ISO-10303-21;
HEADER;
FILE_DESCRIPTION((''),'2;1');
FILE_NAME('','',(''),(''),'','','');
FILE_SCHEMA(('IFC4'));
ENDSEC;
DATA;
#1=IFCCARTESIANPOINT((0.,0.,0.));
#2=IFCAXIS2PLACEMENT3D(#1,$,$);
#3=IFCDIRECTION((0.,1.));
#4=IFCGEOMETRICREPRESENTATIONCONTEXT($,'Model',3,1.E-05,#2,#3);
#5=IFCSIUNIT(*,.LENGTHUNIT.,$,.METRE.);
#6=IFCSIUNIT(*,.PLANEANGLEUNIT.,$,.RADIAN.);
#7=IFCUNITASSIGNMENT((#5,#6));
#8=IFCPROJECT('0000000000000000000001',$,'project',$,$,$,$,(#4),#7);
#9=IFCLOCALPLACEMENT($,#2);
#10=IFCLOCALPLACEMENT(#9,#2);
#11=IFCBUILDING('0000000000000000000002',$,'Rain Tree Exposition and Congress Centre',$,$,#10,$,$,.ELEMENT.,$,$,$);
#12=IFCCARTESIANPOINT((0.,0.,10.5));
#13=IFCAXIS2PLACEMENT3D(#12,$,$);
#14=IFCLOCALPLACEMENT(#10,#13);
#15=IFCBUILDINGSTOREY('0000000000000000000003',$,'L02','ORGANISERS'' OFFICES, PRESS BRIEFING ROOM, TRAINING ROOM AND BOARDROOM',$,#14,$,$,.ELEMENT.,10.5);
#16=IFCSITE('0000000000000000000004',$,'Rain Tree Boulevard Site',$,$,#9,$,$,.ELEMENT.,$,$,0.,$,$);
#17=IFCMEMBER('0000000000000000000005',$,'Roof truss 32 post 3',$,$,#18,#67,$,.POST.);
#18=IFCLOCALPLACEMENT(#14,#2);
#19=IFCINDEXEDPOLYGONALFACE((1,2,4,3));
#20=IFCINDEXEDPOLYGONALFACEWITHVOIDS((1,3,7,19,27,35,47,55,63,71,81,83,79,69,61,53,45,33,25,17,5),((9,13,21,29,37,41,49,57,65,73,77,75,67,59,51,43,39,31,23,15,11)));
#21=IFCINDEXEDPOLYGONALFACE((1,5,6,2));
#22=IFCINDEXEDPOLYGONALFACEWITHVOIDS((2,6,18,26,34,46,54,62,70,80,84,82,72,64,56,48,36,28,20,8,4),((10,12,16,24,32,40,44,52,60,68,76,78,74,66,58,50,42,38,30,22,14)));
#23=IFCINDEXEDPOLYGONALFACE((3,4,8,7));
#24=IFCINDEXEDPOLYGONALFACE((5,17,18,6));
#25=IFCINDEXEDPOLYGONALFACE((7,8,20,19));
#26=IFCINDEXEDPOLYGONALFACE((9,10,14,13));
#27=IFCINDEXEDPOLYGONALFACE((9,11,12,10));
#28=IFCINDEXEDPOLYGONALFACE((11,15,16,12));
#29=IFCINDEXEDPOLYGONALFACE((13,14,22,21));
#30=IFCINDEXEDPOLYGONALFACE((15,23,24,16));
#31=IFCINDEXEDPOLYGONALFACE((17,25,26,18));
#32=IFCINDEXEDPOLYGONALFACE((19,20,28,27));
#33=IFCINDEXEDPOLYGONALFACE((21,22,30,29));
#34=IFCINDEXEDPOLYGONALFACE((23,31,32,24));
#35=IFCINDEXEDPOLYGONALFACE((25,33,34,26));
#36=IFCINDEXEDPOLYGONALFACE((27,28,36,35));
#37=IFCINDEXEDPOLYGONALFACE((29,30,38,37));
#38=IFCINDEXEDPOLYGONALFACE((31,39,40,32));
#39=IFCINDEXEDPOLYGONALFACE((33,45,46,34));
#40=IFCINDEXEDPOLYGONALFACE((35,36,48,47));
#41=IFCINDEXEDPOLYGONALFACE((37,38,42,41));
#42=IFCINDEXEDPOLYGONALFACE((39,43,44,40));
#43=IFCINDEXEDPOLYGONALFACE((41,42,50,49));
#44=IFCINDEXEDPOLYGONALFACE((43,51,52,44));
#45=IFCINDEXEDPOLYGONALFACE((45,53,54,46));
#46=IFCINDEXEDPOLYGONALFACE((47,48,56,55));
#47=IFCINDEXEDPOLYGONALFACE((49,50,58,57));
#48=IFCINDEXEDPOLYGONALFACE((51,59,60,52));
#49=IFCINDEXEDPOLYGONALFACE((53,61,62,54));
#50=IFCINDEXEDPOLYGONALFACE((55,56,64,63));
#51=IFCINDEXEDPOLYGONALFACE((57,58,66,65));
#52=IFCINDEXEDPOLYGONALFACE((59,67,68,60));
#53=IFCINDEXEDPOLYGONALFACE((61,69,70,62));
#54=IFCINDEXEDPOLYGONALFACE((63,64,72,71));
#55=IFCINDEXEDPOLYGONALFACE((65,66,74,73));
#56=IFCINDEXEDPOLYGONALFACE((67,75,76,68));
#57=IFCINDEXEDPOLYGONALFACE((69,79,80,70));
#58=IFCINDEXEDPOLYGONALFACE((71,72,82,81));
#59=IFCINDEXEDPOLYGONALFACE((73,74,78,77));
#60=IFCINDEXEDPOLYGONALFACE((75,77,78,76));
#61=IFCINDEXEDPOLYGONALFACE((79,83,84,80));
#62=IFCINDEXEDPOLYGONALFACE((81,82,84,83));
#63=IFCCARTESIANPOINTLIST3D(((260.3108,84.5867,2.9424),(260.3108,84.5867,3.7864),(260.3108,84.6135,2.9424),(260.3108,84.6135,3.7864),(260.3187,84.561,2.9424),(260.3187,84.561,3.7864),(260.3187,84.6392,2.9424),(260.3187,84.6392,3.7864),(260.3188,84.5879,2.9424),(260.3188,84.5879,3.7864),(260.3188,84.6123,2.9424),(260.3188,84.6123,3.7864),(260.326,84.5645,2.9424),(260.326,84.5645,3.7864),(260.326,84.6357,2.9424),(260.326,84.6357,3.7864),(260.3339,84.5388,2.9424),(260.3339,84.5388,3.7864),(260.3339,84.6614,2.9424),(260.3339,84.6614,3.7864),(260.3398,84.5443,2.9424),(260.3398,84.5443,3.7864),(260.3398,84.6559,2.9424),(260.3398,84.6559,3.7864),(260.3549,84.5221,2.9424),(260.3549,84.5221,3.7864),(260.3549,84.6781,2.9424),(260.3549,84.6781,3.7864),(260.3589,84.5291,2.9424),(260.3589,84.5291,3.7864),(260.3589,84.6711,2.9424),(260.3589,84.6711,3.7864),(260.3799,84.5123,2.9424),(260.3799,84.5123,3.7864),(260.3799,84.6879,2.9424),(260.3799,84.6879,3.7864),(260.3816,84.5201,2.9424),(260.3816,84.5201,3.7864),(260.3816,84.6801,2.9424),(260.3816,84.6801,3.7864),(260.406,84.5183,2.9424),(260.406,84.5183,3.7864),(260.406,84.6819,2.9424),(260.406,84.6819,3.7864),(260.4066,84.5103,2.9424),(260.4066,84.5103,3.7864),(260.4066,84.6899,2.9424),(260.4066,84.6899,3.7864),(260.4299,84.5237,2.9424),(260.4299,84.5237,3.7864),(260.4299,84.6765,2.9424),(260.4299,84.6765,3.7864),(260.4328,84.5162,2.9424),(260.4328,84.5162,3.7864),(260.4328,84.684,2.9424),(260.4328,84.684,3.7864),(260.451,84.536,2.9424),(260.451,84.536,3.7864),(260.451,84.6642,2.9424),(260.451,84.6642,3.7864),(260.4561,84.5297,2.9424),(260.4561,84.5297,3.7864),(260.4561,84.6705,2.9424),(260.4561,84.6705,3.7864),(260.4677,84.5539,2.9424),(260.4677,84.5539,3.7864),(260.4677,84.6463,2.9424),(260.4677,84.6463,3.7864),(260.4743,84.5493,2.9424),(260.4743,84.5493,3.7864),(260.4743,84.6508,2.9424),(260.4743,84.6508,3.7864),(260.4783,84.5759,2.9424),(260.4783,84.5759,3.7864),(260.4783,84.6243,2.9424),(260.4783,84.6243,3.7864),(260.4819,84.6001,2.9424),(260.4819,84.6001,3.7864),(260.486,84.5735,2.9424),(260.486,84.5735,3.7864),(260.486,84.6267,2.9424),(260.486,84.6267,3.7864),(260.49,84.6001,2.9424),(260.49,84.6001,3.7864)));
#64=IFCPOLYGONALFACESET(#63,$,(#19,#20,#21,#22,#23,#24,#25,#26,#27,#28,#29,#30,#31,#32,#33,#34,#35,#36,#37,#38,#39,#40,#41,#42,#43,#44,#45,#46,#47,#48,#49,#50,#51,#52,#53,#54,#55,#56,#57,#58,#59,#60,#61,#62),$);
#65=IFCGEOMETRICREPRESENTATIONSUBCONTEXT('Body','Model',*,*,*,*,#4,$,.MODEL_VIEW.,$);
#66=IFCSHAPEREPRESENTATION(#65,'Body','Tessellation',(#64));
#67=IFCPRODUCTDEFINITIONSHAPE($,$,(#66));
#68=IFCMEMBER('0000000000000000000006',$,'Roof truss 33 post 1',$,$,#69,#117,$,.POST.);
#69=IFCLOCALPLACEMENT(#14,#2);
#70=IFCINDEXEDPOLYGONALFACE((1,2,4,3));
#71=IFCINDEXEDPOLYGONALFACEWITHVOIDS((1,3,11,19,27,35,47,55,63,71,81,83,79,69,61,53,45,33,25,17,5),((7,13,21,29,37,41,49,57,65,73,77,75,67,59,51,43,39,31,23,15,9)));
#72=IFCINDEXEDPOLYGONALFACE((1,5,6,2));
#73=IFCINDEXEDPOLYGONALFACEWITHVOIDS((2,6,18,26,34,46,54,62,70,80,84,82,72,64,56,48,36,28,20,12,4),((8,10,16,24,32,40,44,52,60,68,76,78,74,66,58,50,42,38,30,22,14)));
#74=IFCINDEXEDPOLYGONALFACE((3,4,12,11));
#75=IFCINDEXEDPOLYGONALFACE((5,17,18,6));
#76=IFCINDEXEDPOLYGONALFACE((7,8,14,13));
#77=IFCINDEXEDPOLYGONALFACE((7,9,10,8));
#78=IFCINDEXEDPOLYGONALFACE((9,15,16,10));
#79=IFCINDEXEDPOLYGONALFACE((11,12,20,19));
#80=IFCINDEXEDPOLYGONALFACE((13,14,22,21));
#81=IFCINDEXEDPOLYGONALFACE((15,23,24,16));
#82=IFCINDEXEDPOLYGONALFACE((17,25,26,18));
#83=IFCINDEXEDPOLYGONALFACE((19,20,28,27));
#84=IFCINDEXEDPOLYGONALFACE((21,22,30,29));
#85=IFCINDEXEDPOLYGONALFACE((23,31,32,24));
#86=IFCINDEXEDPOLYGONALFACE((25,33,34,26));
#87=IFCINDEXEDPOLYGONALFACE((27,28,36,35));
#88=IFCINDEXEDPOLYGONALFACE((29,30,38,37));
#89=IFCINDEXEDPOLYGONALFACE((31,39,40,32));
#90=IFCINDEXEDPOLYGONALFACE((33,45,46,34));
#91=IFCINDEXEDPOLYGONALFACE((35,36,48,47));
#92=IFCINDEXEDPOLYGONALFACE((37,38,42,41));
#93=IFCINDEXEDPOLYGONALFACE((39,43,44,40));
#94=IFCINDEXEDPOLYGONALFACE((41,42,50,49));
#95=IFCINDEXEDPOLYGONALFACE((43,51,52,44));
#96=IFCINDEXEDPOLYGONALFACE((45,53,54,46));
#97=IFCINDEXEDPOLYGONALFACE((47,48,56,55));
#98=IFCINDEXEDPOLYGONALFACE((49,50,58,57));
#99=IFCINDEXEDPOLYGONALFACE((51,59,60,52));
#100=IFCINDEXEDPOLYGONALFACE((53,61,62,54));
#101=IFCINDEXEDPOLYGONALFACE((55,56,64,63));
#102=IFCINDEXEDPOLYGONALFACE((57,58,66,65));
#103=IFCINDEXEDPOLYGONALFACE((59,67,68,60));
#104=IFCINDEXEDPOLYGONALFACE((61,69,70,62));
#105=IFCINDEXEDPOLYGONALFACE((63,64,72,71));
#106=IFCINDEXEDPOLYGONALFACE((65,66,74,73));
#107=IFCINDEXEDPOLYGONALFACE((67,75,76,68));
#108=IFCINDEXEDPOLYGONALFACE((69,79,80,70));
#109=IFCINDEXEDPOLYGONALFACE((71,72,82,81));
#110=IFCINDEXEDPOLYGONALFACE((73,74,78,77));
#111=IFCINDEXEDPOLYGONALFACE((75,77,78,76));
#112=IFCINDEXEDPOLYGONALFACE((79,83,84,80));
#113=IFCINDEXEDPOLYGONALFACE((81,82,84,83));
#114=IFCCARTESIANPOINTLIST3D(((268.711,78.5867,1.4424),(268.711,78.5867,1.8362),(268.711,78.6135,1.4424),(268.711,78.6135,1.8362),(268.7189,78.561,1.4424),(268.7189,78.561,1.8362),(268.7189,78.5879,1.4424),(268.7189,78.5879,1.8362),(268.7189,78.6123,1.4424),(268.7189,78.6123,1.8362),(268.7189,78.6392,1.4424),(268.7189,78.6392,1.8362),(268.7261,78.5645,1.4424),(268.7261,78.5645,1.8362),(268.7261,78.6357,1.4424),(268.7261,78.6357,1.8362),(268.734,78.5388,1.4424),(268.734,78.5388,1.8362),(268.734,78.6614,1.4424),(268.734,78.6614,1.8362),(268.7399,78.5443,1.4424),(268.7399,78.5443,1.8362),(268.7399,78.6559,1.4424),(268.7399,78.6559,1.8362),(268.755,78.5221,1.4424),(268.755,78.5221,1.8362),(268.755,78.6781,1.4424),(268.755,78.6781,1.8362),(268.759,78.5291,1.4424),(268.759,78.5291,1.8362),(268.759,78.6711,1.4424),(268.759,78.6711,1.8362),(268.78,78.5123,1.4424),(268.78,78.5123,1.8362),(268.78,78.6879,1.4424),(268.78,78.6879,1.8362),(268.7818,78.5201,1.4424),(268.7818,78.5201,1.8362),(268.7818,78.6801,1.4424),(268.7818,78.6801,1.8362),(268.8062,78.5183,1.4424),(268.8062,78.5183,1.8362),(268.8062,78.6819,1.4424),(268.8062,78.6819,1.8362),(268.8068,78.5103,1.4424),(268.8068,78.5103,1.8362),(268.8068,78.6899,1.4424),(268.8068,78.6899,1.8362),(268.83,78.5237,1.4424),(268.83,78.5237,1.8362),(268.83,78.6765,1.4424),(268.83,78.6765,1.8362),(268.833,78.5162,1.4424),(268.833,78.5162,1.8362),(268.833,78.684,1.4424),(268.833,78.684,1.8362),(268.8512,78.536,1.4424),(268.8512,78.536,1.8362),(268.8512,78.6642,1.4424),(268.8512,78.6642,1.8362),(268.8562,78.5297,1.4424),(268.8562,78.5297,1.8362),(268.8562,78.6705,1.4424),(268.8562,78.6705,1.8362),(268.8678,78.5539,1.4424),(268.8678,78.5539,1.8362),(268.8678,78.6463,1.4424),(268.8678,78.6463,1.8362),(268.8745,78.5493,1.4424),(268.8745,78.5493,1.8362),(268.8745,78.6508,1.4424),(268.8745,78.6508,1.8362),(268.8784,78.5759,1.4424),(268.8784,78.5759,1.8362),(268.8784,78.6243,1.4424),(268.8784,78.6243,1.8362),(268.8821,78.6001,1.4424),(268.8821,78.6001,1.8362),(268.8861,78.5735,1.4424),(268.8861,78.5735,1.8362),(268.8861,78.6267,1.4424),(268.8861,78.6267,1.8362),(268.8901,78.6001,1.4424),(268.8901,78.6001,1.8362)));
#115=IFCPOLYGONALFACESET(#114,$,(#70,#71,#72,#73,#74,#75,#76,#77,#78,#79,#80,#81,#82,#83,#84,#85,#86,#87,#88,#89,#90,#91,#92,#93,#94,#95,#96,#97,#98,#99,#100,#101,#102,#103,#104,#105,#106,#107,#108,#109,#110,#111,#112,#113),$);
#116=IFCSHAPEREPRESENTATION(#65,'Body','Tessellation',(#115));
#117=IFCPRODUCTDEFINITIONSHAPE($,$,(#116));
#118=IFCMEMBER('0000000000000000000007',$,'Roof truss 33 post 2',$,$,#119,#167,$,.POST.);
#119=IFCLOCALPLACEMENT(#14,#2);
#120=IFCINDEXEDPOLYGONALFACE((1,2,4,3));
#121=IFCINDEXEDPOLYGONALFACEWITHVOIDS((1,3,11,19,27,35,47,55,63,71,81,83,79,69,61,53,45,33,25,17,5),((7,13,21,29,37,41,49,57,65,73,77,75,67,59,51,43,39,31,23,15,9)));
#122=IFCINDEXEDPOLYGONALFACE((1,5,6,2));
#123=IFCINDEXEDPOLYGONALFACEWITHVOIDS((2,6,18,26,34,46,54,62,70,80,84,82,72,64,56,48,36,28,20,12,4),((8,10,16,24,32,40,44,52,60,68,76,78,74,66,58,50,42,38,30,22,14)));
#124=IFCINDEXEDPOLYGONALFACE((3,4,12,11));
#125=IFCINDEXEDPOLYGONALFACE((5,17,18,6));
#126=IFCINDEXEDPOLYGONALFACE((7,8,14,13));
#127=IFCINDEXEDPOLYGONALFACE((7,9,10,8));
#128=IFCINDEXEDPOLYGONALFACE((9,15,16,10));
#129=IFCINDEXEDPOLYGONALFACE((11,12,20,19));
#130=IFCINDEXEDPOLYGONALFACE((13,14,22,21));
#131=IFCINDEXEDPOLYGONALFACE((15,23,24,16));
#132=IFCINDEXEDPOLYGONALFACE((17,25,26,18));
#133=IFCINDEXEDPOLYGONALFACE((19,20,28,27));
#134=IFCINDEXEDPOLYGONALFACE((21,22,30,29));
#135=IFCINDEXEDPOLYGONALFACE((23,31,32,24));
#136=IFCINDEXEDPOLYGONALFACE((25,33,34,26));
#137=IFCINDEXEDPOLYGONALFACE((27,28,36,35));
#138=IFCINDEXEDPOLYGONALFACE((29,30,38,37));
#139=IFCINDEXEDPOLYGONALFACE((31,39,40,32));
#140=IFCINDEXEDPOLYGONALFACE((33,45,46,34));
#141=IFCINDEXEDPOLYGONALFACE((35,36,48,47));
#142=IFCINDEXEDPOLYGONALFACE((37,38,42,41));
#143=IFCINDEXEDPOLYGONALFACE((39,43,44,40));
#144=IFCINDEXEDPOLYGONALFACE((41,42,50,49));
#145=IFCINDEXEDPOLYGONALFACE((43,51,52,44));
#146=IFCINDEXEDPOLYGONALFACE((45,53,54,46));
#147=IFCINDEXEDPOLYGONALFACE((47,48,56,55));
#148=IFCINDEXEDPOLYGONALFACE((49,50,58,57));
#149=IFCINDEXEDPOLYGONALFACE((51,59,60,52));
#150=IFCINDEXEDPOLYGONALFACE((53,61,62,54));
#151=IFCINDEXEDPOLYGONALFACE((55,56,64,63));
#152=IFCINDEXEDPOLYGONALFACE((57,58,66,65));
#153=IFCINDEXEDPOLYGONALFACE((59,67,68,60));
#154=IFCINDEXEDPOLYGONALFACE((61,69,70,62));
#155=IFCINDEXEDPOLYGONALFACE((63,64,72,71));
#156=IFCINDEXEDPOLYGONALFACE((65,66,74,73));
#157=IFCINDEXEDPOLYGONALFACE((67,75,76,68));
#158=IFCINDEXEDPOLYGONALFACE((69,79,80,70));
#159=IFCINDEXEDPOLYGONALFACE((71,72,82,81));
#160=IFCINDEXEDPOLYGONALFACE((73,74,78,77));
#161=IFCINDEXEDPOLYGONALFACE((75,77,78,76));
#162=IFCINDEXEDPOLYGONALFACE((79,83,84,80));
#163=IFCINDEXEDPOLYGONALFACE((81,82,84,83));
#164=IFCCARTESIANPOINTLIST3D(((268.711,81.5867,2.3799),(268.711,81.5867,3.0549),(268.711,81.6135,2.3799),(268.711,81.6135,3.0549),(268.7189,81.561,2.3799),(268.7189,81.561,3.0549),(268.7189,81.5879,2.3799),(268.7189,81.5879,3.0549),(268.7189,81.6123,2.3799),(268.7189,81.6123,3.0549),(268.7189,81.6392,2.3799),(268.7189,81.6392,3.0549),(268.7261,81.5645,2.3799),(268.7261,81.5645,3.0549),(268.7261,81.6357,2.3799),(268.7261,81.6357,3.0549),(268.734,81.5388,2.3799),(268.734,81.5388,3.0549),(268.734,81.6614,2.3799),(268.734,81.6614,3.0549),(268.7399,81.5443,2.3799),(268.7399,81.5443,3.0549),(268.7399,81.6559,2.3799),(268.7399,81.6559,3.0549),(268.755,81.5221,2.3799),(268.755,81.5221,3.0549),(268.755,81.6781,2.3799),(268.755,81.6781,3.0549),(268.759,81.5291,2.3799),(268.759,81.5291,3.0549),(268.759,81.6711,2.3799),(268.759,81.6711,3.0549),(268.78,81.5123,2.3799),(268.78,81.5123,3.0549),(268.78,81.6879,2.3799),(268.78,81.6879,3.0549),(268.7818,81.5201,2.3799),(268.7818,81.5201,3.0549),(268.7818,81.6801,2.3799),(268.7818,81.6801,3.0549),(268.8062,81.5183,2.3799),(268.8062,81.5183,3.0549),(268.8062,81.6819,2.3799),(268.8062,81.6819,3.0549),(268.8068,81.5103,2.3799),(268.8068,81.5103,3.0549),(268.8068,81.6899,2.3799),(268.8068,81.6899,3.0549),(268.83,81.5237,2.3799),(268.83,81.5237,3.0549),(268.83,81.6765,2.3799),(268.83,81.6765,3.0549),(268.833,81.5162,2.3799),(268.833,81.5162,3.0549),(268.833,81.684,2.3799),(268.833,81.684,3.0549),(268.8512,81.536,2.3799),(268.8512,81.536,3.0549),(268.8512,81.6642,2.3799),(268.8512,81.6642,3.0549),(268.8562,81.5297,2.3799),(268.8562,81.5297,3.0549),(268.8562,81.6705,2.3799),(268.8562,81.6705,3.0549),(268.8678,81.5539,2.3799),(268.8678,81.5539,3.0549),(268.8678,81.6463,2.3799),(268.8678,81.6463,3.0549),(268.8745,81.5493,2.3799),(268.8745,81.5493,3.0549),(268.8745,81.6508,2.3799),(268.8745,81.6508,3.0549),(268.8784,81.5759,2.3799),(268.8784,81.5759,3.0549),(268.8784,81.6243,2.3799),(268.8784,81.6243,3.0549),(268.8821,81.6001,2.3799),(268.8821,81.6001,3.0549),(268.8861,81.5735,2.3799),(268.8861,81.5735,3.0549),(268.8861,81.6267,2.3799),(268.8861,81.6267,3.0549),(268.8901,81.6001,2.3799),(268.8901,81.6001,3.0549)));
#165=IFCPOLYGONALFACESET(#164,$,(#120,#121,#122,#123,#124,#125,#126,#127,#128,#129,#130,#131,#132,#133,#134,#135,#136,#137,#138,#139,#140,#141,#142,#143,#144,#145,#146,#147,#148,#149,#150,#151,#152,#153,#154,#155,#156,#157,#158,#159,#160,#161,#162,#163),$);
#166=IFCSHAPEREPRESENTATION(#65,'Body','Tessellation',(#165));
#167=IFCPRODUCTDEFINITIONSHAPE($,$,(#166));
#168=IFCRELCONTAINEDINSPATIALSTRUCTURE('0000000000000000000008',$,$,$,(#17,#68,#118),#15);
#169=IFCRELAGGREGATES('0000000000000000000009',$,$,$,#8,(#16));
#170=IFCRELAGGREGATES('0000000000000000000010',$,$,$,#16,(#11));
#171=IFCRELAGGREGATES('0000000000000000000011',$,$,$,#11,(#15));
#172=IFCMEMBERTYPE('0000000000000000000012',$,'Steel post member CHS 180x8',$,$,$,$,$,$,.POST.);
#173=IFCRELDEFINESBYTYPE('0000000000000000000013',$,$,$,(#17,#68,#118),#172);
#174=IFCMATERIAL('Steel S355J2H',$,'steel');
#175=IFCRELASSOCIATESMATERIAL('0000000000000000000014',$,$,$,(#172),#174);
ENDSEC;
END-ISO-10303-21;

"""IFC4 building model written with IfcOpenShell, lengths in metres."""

from ifc_helpers import new_model, si_unit, direction, frame, origin, origin_2d, place, context, subcontext, project, spatial, hollow_circle, extrude, material, material_profile, profile_set, type_object, element, save


model = new_model("IFC4")

# Units and contexts
model_context = context("Model", 3, precision=1e-05, world=origin(), true_north=direction((0.0, 1.0)))
body_context = subcontext(model_context, "Body", "Model", "MODEL_VIEW")
ifc_project = project(units=[si_unit("LENGTHUNIT", "METRE"), si_unit("PLANEANGLEUNIT", "RADIAN")], contexts=[model_context])

# Site, building, storey
site_placement = place(None, origin())
site = spatial("IfcSite", under=ifc_project, at=site_placement, Name="Rain Tree Boulevard Site", CompositionType="ELEMENT", RefElevation=0.0)
building_placement = place(site_placement, origin())
building = spatial("IfcBuilding", under=site, at=building_placement, Name="Rain Tree Exposition and Congress Centre", CompositionType="ELEMENT")
storey_placement = place(building_placement, frame((0.0, 0.0, 10.5)))
storey = spatial("IfcBuildingStorey", under=building, at=storey_placement, Name="L02", Description="ORGANISERS' OFFICES, PRESS BRIEFING ROOM, TRAINING ROOM AND BOARDROOM", CompositionType="ELEMENT", Elevation=10.5)

# Members
ifc_material_1 = material(Name="Steel S355J2H", Category="steel")
ifc_material_profile_1 = material_profile(ifc_material_1, hollow_circle(Radius=0.0901, WallThickness=0.0081, at=origin_2d()), Name="CHS 180x8")
ifc_profile_set_1 = profile_set([ifc_material_profile_1], Name="Steel S355J2H")
member_type_1 = type_object("IfcMemberType", Name="Steel post member CHS 180x8", PredefinedType="POST", material=ifc_profile_set_1)
member_1_placement = place(storey_placement, frame((260.3999, 84.6001, 2.9424), z_axis=(0.0, 0.0, 1.0), x_axis=(1.0, 0.0, 0.0)))
element("IfcMember", 1, at=member_1_placement, inside=storey, type_object=member_type_1, Name="Roof truss 32 post 3", PredefinedType="POST", context=body_context, shape_type="SweptSolid", body=[
    extrude(hollow_circle(Radius=0.0901, WallThickness=0.0081, at=origin_2d()), origin(), (0.0, 0.0, 1.0), 0.844),
])
member_2_placement = place(storey_placement, frame((268.8, 78.6001, 1.4424), z_axis=(0.0, 0.0, 1.0), x_axis=(1.0, 0.0, 0.0)))
element("IfcMember", 2, at=member_2_placement, inside=storey, type_object=member_type_1, Name="Roof truss 33 post 1", PredefinedType="POST", context=body_context, shape_type="SweptSolid", body=[
    extrude(hollow_circle(Radius=0.0901, WallThickness=0.0081, at=origin_2d()), origin(), (0.0, 0.0, 1.0), 0.3938),
])
member_3_placement = place(storey_placement, frame((268.8, 81.6001, 2.3799), z_axis=(0.0, 0.0, 1.0), x_axis=(1.0, 0.0, 0.0)))
element("IfcMember", 3, at=member_3_placement, inside=storey, type_object=member_type_1, Name="Roof truss 33 post 2", PredefinedType="POST", context=body_context, shape_type="SweptSolid", body=[
    extrude(hollow_circle(Radius=0.0901, WallThickness=0.0081, at=origin_2d()), origin(), (0.0, 0.0, 1.0), 0.675),
])

save(model, "model.ifc")
